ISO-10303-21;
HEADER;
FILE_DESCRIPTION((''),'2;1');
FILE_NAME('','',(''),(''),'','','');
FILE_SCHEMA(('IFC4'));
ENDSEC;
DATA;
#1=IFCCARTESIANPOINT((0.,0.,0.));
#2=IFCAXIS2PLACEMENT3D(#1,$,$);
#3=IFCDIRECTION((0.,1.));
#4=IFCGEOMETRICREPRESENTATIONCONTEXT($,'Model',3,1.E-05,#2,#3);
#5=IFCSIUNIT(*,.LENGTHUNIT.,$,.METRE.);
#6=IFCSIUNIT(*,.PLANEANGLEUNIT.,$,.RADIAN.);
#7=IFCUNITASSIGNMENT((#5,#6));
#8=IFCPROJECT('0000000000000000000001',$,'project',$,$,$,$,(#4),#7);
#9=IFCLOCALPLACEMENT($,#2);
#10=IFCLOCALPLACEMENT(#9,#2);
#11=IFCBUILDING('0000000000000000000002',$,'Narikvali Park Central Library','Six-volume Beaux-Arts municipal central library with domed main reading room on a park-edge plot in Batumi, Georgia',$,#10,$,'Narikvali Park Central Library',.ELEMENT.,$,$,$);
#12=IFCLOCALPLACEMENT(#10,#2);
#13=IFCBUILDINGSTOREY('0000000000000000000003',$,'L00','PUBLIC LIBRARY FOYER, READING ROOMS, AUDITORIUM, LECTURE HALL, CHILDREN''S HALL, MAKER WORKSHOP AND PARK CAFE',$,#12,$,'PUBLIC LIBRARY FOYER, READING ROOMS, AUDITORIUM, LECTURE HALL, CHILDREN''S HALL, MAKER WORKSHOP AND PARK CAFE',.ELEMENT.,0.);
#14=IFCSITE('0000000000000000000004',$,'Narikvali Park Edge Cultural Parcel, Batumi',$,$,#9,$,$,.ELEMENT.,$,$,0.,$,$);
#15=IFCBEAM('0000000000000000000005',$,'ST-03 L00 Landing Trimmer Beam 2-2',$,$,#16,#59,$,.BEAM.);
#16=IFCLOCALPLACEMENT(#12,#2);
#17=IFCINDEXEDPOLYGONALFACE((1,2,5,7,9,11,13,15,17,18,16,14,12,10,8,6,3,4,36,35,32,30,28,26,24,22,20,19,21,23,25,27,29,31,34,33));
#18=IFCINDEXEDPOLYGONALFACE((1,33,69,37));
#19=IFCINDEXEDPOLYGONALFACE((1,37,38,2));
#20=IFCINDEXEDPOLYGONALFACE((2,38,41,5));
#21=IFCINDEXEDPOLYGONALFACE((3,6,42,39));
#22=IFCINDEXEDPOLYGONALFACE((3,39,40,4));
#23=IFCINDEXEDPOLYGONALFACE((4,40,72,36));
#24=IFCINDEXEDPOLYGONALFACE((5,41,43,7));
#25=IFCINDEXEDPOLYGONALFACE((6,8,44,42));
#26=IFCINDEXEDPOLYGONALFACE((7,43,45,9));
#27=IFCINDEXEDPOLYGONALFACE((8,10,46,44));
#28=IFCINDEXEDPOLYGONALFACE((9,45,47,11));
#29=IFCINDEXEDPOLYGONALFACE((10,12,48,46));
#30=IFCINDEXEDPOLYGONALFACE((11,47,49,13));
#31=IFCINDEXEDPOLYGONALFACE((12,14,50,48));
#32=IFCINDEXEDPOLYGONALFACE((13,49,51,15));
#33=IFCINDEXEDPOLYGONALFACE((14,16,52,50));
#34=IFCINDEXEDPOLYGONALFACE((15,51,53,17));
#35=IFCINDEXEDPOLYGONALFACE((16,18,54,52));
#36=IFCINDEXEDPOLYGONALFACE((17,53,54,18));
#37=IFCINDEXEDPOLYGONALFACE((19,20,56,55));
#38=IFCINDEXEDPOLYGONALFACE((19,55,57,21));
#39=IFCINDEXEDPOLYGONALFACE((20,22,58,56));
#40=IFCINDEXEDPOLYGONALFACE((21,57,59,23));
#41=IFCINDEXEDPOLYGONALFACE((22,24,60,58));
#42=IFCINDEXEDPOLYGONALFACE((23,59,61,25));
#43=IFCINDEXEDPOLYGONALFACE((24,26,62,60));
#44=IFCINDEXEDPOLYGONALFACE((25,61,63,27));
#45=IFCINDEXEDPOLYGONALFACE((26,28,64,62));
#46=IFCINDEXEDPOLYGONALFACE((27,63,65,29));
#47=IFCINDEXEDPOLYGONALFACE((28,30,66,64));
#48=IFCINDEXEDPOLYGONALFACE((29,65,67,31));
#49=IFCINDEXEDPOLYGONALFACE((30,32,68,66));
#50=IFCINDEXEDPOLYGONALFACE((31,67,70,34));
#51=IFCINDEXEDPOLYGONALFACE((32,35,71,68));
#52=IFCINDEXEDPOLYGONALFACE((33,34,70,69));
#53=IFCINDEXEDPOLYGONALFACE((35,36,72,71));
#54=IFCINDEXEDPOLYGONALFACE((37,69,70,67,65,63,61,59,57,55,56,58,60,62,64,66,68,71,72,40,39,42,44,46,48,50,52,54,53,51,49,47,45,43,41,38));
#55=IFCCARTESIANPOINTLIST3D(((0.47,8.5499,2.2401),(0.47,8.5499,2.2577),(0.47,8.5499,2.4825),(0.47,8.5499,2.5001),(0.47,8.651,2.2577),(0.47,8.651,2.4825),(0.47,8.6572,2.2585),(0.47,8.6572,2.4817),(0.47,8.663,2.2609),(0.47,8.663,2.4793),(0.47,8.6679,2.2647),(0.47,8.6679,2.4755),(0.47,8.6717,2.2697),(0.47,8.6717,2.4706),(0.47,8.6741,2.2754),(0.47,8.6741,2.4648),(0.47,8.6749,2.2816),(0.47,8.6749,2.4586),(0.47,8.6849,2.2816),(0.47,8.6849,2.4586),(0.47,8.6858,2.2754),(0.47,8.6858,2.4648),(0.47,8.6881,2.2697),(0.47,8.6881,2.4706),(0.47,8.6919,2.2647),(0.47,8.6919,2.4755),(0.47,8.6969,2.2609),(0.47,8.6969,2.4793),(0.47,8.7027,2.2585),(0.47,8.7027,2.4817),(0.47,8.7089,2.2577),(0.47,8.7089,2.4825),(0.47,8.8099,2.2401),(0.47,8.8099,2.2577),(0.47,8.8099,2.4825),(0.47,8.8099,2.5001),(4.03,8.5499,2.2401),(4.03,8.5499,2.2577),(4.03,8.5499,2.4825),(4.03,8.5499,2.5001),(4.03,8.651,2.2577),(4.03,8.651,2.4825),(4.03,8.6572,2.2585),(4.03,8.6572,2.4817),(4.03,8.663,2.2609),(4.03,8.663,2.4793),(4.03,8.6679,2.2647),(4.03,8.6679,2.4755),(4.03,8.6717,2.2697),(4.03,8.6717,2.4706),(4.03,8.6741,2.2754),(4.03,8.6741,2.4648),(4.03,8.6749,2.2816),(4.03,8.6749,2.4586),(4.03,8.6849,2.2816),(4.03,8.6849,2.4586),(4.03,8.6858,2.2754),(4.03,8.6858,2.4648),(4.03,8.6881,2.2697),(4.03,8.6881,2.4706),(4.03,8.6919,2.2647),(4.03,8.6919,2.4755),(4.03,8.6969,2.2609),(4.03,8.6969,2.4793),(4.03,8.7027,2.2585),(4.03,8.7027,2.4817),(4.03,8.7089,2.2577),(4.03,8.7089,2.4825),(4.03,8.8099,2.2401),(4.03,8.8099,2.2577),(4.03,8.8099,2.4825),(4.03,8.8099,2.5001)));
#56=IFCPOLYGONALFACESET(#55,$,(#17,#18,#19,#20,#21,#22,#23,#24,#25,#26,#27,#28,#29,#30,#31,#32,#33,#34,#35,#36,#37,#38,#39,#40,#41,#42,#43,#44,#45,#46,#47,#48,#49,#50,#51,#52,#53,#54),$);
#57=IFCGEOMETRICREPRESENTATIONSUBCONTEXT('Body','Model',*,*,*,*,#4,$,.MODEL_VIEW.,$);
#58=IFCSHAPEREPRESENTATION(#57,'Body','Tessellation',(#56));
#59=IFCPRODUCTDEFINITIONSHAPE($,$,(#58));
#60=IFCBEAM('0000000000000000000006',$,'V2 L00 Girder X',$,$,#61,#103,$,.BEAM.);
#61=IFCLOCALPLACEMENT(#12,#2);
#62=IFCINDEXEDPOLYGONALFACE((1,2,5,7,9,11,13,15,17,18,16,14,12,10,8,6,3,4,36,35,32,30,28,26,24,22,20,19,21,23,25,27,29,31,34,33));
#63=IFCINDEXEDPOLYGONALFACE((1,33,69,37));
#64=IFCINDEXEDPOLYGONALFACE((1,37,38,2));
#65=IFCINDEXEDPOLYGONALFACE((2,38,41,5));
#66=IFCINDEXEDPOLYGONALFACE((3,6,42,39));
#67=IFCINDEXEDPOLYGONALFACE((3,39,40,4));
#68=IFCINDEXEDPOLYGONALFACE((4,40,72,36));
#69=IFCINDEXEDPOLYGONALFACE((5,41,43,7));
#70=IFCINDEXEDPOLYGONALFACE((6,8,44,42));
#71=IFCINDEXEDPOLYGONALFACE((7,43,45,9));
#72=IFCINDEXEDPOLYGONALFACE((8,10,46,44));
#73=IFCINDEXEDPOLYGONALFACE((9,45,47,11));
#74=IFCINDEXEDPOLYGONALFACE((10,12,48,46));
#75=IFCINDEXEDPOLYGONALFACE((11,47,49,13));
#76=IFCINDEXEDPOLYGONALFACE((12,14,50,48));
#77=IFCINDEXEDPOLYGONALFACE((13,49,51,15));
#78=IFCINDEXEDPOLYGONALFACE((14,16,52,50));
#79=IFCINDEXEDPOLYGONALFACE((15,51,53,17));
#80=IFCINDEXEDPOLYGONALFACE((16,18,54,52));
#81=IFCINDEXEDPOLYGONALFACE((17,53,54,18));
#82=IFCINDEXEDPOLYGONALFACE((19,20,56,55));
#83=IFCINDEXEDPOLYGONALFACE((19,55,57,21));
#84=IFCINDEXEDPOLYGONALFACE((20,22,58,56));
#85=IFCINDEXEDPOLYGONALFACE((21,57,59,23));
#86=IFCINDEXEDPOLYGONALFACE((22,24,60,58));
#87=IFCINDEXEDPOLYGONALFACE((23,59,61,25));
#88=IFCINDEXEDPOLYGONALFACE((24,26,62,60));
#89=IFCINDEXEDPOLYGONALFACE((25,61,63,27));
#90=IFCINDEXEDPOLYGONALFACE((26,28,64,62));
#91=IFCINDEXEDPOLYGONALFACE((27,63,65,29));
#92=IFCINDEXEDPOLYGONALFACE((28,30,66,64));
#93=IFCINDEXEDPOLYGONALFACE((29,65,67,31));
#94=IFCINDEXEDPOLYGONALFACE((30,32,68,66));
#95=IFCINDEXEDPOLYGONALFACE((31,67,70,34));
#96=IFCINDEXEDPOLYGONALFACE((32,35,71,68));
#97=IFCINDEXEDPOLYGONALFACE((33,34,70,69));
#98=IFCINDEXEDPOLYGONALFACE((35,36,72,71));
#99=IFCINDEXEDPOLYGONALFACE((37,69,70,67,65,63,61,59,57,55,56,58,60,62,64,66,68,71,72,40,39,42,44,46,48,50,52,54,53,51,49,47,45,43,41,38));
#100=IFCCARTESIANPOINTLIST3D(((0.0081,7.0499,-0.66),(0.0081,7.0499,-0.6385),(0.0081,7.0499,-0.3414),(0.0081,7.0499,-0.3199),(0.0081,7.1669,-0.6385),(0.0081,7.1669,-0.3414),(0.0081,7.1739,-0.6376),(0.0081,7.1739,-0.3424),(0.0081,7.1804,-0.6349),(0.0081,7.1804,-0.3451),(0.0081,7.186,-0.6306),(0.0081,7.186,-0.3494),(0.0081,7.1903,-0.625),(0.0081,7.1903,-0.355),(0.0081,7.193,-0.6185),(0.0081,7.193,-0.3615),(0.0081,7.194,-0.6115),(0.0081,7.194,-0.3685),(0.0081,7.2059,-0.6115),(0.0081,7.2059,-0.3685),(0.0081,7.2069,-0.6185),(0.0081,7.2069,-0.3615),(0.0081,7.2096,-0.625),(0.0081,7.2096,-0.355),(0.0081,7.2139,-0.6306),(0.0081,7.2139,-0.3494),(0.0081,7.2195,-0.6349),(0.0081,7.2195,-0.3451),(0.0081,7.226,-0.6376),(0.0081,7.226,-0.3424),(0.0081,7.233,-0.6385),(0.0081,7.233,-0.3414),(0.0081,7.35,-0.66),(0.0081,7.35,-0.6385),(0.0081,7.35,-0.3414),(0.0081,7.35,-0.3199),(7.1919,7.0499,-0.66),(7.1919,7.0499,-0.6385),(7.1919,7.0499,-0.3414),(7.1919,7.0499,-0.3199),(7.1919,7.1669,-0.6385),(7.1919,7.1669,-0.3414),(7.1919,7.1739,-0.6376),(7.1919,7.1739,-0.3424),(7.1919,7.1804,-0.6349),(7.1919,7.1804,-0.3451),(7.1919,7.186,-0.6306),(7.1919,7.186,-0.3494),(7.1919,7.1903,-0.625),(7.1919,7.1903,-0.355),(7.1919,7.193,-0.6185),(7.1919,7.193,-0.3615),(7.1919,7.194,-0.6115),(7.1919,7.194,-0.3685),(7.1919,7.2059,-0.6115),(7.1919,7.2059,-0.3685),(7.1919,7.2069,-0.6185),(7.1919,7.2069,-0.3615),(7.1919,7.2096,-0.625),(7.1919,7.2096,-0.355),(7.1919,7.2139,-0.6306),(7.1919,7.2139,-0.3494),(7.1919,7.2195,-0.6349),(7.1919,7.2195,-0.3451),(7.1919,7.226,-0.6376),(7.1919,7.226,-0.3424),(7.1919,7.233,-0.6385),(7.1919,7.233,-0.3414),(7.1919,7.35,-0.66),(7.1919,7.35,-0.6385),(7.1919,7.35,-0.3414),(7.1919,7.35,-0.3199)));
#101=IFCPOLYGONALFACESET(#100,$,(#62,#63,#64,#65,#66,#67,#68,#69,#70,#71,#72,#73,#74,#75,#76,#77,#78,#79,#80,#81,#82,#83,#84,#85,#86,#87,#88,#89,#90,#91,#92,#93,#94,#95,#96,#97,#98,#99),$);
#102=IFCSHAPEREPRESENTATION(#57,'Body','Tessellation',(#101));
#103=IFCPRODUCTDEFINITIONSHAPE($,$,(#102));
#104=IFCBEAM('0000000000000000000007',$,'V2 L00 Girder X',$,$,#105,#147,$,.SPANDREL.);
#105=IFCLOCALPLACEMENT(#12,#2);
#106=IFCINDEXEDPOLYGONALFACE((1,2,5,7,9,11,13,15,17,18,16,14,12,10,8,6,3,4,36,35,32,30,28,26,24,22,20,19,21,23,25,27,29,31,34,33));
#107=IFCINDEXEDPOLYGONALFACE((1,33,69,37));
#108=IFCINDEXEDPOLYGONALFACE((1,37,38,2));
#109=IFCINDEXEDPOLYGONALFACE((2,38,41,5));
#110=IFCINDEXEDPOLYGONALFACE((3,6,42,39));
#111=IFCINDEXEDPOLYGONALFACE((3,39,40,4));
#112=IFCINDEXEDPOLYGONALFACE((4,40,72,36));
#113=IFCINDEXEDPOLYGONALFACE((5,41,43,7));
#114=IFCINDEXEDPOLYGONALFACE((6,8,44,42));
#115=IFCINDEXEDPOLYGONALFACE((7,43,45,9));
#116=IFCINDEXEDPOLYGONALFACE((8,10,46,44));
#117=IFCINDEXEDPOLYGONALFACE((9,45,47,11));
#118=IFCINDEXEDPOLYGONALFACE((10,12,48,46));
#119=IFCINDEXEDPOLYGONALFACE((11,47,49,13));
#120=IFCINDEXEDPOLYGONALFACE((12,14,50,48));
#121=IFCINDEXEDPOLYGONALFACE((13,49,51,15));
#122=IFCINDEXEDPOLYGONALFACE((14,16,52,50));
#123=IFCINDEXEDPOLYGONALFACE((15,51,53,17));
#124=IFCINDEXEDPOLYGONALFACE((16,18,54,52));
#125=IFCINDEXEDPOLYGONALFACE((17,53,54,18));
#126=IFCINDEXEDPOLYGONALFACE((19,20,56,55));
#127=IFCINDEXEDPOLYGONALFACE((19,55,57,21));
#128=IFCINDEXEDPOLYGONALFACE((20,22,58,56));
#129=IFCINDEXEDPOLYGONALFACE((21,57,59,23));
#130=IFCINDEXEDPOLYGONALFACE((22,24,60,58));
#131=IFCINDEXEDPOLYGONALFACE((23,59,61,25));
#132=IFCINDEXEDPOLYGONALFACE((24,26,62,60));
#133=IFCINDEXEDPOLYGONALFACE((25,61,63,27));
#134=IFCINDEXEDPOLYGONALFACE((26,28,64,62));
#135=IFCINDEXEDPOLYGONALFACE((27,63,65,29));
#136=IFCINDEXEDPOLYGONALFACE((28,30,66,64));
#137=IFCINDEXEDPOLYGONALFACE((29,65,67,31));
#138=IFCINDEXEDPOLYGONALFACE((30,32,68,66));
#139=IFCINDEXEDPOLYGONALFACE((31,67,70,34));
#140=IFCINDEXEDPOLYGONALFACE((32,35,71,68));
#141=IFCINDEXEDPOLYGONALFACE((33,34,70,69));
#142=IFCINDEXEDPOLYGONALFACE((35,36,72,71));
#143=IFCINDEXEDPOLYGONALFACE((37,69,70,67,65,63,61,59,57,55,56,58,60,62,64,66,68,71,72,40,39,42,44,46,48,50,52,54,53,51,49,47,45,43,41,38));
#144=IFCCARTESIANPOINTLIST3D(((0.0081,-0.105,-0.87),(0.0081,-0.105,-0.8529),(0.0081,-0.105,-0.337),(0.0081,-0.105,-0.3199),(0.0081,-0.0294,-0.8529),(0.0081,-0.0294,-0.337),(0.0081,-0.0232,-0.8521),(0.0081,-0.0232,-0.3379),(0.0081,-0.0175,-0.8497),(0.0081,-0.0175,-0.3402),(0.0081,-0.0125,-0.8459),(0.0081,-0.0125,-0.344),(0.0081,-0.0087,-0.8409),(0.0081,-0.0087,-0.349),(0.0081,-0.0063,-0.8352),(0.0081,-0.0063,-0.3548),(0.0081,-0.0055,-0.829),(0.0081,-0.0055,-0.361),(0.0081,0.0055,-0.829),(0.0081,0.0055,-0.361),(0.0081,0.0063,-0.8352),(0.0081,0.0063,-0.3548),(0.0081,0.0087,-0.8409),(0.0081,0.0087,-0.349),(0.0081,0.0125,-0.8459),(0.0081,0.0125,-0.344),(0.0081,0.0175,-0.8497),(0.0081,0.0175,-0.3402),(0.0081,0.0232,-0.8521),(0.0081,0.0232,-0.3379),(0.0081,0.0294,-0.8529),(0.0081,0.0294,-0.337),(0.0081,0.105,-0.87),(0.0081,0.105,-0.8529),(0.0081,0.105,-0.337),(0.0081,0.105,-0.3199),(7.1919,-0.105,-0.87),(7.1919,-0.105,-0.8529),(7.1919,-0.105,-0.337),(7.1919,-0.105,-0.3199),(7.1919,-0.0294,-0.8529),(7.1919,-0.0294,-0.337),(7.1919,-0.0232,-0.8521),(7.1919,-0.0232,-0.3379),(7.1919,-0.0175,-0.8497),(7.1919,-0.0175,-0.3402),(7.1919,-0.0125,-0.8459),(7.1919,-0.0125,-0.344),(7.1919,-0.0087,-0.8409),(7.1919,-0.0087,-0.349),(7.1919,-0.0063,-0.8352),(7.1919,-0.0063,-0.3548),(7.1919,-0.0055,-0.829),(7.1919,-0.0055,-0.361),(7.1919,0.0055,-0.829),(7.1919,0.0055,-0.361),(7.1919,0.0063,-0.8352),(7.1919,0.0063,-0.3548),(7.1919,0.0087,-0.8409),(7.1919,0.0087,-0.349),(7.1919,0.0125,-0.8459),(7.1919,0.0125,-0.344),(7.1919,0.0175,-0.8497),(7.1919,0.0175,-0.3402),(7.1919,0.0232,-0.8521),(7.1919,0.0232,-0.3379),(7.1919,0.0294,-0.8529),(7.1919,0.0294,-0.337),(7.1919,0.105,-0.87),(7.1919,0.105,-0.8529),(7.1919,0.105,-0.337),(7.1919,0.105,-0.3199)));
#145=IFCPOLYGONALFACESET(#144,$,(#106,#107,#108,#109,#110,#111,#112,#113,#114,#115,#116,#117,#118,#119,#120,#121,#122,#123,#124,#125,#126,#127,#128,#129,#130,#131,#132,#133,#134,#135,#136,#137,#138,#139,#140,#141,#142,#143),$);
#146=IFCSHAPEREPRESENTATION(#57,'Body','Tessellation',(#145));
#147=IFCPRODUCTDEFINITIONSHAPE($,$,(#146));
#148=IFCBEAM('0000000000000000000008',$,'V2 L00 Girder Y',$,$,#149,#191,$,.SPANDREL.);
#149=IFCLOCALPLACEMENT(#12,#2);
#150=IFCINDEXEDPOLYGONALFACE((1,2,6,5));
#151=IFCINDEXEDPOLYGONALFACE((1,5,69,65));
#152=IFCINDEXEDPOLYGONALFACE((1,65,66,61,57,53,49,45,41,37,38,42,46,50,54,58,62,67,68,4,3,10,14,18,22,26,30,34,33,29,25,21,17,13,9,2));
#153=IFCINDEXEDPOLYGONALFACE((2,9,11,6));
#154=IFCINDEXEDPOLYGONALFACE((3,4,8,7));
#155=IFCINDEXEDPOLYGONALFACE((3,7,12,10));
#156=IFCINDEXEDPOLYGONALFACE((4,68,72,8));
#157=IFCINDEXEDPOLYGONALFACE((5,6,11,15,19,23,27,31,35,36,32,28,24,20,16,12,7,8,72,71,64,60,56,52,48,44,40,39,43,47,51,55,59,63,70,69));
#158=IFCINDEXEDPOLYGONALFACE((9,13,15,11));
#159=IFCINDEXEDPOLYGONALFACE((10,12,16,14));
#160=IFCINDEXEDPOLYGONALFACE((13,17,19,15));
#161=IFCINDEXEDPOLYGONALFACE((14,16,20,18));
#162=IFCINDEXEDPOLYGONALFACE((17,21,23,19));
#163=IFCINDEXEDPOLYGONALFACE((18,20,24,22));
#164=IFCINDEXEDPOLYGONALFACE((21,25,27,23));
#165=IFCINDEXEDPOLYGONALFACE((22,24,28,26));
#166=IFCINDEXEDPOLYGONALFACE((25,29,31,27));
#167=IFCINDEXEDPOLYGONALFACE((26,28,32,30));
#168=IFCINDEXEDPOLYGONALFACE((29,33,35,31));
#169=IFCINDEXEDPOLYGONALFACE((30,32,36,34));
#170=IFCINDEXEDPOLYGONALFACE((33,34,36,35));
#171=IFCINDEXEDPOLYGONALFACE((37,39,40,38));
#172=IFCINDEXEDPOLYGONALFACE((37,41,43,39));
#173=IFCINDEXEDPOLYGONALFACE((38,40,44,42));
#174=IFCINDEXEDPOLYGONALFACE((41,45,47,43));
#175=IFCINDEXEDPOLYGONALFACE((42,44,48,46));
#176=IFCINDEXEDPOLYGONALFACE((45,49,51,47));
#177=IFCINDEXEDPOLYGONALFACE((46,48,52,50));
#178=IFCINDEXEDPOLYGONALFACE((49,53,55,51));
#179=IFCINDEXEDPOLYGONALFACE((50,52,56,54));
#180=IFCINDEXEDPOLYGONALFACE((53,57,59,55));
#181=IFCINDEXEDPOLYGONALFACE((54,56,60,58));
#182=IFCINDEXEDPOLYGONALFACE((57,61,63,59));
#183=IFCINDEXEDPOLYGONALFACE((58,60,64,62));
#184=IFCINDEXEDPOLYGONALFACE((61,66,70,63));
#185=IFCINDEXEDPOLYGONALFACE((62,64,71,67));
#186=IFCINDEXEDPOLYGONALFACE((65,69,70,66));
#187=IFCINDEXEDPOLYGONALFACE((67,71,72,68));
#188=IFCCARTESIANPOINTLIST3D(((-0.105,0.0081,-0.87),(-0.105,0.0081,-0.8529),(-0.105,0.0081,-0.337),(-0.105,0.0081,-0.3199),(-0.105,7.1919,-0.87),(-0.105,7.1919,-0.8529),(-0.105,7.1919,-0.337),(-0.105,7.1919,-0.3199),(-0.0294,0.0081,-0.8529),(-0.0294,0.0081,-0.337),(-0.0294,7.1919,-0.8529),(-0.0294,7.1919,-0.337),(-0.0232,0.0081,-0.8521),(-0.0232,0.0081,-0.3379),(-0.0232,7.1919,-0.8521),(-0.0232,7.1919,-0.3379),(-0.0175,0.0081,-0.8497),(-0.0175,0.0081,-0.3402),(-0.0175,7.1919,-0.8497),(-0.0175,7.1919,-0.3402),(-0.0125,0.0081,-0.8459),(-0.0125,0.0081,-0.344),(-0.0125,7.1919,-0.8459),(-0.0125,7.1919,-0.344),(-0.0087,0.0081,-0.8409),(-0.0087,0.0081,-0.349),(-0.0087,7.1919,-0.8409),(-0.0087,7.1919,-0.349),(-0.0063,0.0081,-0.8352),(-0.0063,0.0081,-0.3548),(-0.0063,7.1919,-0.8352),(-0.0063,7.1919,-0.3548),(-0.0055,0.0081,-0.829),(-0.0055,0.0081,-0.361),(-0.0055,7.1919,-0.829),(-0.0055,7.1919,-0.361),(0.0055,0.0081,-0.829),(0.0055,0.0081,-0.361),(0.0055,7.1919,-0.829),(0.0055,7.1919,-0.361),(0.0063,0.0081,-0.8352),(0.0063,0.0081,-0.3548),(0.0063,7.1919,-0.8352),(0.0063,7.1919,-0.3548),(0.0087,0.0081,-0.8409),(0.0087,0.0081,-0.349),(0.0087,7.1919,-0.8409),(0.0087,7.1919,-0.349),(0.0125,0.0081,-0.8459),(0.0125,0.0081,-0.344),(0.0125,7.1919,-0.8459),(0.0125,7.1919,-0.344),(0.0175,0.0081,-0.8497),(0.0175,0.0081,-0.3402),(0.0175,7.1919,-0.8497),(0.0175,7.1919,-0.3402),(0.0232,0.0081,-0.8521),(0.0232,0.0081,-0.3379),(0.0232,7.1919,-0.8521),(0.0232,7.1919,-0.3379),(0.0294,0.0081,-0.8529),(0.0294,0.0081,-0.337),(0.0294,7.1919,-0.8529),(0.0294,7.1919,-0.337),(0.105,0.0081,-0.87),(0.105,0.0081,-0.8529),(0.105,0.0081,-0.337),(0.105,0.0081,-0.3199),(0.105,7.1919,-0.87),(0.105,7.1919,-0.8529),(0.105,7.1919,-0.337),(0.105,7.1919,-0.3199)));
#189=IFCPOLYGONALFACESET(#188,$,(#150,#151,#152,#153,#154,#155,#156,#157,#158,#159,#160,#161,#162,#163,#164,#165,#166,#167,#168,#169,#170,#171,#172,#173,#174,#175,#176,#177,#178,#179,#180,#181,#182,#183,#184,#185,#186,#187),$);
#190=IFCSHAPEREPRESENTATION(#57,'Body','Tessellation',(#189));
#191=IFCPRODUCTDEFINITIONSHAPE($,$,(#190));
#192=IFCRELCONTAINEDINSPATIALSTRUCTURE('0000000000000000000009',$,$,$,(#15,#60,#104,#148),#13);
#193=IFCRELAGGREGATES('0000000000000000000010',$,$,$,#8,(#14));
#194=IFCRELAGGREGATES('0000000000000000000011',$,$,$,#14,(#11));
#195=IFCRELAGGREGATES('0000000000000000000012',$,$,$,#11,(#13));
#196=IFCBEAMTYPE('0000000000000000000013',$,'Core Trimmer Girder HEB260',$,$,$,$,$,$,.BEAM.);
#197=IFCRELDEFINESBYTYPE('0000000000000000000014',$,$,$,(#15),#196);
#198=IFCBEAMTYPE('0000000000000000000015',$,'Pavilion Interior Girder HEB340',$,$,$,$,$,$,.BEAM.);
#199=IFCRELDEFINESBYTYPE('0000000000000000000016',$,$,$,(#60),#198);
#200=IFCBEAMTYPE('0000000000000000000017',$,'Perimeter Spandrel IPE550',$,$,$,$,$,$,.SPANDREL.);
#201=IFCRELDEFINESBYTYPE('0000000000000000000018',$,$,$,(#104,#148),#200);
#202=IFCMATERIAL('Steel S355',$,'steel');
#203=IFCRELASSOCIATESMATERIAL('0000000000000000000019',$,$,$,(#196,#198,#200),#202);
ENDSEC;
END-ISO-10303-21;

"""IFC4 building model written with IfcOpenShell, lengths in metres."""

from ifc_helpers import new_model, si_unit, direction, frame, origin, origin_2d, place, context, subcontext, project, spatial, i_section, extrude, material, material_profile, profile_set, type_object, element, save


model = new_model("IFC4")

# Units and contexts
model_context = context("Model", 3, precision=1e-05, world=origin(), true_north=direction((0.0, 1.0)))
body_context = subcontext(model_context, "Body", "Model", "MODEL_VIEW")
ifc_project = project(units=[si_unit("LENGTHUNIT", "METRE"), si_unit("PLANEANGLEUNIT", "RADIAN")], contexts=[model_context])

# Site, building, storey
site_placement = place(None, origin())
site = spatial("IfcSite", under=ifc_project, at=site_placement, Name="Narikvali Park Edge Cultural Parcel, Batumi", CompositionType="ELEMENT", RefElevation=0.0)
building_placement = place(site_placement, origin())
building = spatial("IfcBuilding", under=site, at=building_placement, Name="Narikvali Park Central Library", Description="Six-volume Beaux-Arts municipal central library with domed main reading room on a park-edge plot in Batumi, Georgia", LongName="Narikvali Park Central Library", CompositionType="ELEMENT")
storey_placement = place(building_placement, origin())
storey = spatial("IfcBuildingStorey", under=building, at=storey_placement, Name="L00", Description="PUBLIC LIBRARY FOYER, READING ROOMS, AUDITORIUM, LECTURE HALL, CHILDREN'S HALL, MAKER WORKSHOP AND PARK CAFE", LongName="PUBLIC LIBRARY FOYER, READING ROOMS, AUDITORIUM, LECTURE HALL, CHILDREN'S HALL, MAKER WORKSHOP AND PARK CAFE", CompositionType="ELEMENT", Elevation=0.0)

# Shared definitions
ifc_material_1 = material(Name="Steel S355", Category="steel")

# Beams
ifc_material_profile_1 = material_profile(ifc_material_1, i_section(OverallWidth=0.26, OverallDepth=0.26, WebThickness=0.01, FlangeThickness=0.0176, FilletRadius=0.0239, at=origin_2d()), Name="HEB 260")
ifc_profile_set_1 = profile_set([ifc_material_profile_1], Name="Steel S355")
beam_type_1 = type_object("IfcBeamType", Name="Core Trimmer Girder HEB260", PredefinedType="BEAM", material=ifc_profile_set_1)
for number, where, z_axis, x_axis, name in (
    (1, (0.47, 8.6799, 2.3701), (1.0, 0.0, 0.0), (0.0, 1.0, 0.0), "ST-03 L00 Landing Trimmer Beam 2-2"),
):
    element("IfcBeam", number, at=place(storey_placement, frame(where, z_axis=z_axis, x_axis=x_axis)), inside=storey, type_object=beam_type_1, Name=name, PredefinedType="BEAM", context=body_context, shape_type="SweptSolid", body=[
        extrude(i_section(OverallWidth=0.26, OverallDepth=0.26, WebThickness=0.01, FlangeThickness=0.0176, FilletRadius=0.0239, at=origin_2d()), origin(), (0.0, 0.0, 1.0), 3.5601),
    ])
ifc_material_profile_2 = material_profile(ifc_material_1, i_section(OverallWidth=0.3, OverallDepth=0.3401, WebThickness=0.012, FlangeThickness=0.0215, FilletRadius=0.0271, at=origin_2d()), Name="HEB 340")
ifc_profile_set_2 = profile_set([ifc_material_profile_2], Name="Steel S355")
beam_type_2 = type_object("IfcBeamType", Name="Pavilion Interior Girder HEB340", PredefinedType="BEAM", material=ifc_profile_set_2)
beam_1_placement = place(storey_placement, frame((0.0081, 7.2, -0.49), z_axis=(1.0, 0.0, 0.0), x_axis=(0.0, 1.0, 0.0)))
element("IfcBeam", 2, at=beam_1_placement, inside=storey, type_object=beam_type_2, Name="V2 L00 Girder X", PredefinedType="BEAM", context=body_context, shape_type="SweptSolid", body=[
    extrude(i_section(OverallWidth=0.3, OverallDepth=0.3401, WebThickness=0.012, FlangeThickness=0.0215, FilletRadius=0.0271, at=origin_2d()), origin(), (0.0, 0.0, 1.0), 7.1838),
])
ifc_material_profile_3 = material_profile(ifc_material_1, i_section(OverallWidth=0.21, OverallDepth=0.55, WebThickness=0.011, FlangeThickness=0.0171, FilletRadius=0.0239, at=origin_2d()), Name="IPE 550")
ifc_profile_set_3 = profile_set([ifc_material_profile_3], Name="Steel S355")
beam_type_3 = type_object("IfcBeamType", Name="Perimeter Spandrel IPE550", PredefinedType="SPANDREL", material=ifc_profile_set_3)
for number, where, z_axis, x_axis, name in (
    (3, (0.0081, 0.0, -0.595), (1.0, 0.0, 0.0), (0.0, 1.0, 0.0), "V2 L00 Girder X"),
    (4, (0.0, 0.0081, -0.595), (0.0, 1.0, 0.0), (-1.0, 0.0, 0.0), "V2 L00 Girder Y"),
):
    element("IfcBeam", number, at=place(storey_placement, frame(where, z_axis=z_axis, x_axis=x_axis)), inside=storey, type_object=beam_type_3, Name=name, PredefinedType="SPANDREL", context=body_context, shape_type="SweptSolid", body=[
        extrude(i_section(OverallWidth=0.21, OverallDepth=0.55, WebThickness=0.011, FlangeThickness=0.0171, FilletRadius=0.0239, at=origin_2d()), origin(), (0.0, 0.0, 1.0), 7.1838),
    ])

save(model, "model.ifc")
